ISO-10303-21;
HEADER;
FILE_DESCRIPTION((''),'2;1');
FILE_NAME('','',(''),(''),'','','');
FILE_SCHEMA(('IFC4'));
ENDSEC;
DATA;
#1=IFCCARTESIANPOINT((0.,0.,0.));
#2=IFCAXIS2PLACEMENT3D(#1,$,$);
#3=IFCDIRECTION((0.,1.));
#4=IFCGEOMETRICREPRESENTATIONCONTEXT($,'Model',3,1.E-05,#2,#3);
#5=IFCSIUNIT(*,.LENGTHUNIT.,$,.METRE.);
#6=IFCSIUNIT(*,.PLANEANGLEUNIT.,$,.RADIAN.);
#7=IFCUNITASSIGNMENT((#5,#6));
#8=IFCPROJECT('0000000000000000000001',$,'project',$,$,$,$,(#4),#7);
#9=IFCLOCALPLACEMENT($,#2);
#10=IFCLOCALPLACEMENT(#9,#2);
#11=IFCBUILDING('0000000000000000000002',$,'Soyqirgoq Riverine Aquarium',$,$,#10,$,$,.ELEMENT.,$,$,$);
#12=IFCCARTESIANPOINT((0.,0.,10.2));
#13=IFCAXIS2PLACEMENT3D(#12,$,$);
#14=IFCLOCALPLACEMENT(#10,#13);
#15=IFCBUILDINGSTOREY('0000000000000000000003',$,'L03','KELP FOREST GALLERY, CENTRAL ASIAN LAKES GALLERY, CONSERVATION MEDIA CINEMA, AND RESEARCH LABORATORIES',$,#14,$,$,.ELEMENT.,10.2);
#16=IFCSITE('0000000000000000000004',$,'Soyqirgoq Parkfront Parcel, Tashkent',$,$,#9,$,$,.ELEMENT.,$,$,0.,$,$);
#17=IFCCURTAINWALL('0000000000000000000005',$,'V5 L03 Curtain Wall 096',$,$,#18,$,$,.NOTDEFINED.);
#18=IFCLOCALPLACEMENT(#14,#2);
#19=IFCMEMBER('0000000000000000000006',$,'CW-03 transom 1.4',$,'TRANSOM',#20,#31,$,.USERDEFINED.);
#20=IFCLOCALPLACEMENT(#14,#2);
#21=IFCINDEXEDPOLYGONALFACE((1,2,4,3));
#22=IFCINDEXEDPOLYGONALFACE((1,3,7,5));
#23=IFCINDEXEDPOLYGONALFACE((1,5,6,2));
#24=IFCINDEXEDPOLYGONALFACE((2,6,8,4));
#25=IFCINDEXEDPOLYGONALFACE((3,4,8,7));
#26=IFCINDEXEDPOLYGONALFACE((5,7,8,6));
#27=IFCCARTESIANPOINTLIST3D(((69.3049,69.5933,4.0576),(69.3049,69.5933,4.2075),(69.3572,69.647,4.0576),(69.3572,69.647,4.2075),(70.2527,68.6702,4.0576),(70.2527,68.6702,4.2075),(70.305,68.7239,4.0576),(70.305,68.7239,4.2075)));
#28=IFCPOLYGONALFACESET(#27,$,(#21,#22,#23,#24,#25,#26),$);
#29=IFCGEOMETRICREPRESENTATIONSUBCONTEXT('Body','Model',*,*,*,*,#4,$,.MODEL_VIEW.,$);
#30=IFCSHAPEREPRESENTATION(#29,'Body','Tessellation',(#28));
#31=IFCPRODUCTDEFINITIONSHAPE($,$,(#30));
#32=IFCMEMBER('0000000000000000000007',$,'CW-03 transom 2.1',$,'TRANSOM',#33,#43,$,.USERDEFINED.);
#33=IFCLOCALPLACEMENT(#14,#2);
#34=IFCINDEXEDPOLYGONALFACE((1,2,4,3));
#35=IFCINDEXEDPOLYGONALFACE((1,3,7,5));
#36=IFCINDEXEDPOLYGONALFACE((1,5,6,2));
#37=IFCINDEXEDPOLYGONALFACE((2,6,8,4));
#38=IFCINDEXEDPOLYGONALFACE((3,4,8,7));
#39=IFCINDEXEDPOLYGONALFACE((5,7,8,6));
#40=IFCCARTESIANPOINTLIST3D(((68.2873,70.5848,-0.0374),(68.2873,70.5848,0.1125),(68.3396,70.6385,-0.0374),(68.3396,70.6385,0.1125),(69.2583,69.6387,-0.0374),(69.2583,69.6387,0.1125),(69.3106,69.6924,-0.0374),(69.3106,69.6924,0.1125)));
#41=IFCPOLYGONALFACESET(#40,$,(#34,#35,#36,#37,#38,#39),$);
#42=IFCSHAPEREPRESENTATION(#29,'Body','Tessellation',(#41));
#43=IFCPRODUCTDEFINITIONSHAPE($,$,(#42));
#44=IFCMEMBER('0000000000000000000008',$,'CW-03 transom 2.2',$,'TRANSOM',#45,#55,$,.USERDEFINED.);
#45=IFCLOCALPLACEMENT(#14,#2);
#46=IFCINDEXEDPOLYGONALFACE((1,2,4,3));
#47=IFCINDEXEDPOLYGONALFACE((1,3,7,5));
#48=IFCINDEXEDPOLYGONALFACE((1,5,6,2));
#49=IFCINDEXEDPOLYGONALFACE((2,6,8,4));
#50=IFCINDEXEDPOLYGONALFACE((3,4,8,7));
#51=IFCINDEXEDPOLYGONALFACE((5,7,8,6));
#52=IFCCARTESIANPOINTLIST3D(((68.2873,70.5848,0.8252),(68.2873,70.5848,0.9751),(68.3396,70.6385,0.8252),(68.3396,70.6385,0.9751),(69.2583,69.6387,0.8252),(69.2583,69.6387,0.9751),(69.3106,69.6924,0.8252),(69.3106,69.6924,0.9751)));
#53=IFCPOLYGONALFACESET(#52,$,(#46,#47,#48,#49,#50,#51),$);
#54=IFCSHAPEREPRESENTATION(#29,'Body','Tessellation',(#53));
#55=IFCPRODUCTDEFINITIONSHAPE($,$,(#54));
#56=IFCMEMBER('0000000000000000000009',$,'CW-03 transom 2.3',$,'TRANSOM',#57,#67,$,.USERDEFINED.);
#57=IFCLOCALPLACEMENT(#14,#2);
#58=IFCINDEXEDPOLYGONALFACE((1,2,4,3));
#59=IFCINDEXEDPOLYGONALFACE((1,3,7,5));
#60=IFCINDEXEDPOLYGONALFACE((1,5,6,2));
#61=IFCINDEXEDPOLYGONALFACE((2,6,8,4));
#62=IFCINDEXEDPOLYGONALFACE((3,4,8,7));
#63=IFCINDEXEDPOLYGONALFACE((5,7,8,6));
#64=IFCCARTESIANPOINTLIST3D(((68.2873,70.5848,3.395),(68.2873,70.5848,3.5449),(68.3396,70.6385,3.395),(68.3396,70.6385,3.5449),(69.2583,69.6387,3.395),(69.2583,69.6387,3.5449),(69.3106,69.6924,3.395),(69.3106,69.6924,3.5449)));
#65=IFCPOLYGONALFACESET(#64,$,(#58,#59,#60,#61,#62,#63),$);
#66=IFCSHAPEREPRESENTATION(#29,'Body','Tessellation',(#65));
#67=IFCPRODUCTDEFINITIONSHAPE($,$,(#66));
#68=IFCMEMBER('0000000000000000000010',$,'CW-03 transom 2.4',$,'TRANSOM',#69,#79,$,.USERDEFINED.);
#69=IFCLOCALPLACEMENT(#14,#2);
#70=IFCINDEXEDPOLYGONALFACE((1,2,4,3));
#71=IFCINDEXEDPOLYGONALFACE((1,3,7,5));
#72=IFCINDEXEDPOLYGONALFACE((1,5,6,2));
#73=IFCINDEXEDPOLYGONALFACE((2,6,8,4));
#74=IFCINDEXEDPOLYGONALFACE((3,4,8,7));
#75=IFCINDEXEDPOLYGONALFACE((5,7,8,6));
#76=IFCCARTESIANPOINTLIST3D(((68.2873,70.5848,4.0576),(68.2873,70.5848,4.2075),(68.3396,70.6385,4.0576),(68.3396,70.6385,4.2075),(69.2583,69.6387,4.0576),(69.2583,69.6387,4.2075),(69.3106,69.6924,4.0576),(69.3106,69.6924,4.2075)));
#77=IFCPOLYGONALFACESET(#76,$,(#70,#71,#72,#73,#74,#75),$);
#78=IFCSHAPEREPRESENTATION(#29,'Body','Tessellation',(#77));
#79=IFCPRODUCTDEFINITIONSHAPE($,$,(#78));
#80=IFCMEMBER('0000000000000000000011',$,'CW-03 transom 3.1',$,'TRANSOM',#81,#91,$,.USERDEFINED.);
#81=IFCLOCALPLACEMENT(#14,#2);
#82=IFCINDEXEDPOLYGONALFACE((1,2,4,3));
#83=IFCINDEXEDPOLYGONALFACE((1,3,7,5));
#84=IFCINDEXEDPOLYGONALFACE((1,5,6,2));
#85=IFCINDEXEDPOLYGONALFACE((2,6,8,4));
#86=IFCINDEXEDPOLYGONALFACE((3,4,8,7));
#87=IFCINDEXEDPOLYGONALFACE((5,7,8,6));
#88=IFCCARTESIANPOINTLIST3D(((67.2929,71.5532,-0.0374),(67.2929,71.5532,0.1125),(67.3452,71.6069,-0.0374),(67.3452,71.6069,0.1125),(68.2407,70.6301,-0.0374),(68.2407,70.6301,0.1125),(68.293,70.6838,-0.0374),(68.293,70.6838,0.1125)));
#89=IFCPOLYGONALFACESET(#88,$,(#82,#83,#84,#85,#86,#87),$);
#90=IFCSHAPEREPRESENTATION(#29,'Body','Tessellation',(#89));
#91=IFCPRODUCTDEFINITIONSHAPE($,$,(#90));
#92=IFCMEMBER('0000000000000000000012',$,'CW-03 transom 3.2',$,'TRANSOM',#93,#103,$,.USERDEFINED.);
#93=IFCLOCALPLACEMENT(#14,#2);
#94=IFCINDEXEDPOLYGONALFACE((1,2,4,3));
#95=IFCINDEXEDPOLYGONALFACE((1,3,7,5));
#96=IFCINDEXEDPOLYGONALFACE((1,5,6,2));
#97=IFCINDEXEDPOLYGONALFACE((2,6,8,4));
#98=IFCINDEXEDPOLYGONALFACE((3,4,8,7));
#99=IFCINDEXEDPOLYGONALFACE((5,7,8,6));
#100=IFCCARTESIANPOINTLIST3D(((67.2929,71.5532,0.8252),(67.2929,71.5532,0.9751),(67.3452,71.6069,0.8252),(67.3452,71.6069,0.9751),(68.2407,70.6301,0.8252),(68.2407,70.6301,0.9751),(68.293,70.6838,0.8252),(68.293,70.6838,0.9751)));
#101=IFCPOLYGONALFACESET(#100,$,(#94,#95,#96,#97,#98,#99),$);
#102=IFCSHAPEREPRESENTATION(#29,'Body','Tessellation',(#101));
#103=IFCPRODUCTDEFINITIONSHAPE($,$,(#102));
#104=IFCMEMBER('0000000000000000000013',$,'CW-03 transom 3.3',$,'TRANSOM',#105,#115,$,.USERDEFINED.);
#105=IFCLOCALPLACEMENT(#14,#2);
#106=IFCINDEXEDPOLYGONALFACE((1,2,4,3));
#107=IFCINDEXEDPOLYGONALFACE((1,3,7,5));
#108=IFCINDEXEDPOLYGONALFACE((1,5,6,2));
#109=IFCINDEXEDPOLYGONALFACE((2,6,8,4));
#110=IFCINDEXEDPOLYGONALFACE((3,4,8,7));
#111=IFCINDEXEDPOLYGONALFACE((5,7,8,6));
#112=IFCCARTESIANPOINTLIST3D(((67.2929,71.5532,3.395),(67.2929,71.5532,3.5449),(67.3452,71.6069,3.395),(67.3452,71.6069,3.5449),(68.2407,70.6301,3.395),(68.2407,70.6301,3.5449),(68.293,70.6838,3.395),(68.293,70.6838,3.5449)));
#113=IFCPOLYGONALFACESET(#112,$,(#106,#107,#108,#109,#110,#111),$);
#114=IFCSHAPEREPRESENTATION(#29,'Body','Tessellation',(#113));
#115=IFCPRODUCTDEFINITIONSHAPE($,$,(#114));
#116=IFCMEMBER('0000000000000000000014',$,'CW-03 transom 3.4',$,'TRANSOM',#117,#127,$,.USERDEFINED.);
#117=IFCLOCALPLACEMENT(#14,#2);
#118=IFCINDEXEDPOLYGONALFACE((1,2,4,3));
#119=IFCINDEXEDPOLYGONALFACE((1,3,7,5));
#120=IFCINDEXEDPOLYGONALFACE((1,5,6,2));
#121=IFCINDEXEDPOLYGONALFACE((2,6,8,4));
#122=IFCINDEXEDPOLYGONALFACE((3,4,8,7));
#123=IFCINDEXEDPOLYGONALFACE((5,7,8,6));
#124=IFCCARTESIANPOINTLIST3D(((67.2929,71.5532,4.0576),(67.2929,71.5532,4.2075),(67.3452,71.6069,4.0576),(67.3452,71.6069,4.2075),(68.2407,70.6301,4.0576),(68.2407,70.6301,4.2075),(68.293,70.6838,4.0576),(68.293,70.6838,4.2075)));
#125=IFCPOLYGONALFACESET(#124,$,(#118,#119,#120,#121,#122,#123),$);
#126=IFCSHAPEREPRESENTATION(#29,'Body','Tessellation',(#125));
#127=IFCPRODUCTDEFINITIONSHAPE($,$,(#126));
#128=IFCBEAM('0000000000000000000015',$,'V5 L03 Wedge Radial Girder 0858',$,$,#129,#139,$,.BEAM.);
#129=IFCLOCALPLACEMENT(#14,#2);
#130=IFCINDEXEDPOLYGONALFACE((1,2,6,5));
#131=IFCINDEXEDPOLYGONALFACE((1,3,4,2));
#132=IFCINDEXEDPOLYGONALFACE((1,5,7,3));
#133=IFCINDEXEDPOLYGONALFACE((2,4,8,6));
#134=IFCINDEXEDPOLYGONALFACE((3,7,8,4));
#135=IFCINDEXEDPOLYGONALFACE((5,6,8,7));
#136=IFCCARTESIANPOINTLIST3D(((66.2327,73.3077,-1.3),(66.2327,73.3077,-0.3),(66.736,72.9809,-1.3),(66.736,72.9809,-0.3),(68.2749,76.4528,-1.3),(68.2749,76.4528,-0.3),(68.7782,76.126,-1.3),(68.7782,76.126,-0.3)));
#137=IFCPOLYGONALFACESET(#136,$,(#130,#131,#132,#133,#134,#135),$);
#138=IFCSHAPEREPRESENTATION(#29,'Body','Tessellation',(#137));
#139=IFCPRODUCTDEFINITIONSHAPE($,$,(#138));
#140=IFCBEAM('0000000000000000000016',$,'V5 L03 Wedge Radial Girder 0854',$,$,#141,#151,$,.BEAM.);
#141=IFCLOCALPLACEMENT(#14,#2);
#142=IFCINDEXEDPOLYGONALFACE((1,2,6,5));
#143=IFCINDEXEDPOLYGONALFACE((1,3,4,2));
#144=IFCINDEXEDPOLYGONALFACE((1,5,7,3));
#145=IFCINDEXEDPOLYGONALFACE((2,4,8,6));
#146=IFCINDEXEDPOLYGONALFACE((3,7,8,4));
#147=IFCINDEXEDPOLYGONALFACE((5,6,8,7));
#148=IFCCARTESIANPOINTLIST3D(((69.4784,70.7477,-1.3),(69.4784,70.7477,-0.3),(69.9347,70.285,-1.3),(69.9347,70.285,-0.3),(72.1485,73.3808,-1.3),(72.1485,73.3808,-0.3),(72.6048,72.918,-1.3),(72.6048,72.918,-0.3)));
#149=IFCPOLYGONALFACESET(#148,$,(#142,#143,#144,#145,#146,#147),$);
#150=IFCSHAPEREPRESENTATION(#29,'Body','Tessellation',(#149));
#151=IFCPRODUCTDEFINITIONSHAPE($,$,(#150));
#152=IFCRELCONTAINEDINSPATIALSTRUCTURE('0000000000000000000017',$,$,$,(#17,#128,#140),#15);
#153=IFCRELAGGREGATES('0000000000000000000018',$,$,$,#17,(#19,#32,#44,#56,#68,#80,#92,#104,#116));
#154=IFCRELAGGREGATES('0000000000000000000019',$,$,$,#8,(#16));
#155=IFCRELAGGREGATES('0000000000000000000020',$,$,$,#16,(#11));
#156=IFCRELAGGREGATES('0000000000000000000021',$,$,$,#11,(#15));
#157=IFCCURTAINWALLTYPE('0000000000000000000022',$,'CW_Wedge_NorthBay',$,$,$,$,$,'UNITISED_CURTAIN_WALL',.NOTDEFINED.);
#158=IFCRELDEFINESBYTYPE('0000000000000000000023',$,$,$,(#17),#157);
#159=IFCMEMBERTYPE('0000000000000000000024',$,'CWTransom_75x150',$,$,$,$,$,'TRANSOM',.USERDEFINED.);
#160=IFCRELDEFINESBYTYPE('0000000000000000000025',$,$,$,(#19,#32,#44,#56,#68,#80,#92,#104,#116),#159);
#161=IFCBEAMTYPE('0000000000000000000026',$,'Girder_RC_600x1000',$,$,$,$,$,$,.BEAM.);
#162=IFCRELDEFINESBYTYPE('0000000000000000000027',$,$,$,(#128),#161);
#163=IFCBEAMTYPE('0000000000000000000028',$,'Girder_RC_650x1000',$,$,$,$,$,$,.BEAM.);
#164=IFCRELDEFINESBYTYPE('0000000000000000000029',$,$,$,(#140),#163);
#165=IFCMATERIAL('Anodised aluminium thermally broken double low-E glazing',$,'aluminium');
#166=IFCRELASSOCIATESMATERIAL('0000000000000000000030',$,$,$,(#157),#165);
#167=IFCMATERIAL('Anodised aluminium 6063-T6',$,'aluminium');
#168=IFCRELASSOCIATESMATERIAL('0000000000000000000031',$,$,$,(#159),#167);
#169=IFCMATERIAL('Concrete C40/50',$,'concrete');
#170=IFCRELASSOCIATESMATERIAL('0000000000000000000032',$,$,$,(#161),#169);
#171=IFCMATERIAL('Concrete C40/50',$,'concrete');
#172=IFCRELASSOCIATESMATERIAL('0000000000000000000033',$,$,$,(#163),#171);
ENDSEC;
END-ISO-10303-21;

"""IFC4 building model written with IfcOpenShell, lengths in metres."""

from ifc_helpers import new_model, si_unit, direction, frame, origin, origin_2d, place, context, subcontext, project, spatial, rectangle, extrude, material, material_profile, profile_set, type_object, element, aggregate, save


model = new_model("IFC4")

# Units and contexts
model_context = context("Model", 3, precision=1e-05, world=origin(), true_north=direction((0.0, 1.0)))
body_context = subcontext(model_context, "Body", "Model", "MODEL_VIEW")
ifc_project = project(units=[si_unit("LENGTHUNIT", "METRE"), si_unit("PLANEANGLEUNIT", "RADIAN")], contexts=[model_context])

# Site, building, storey
site_placement = place(None, origin())
site = spatial("IfcSite", under=ifc_project, at=site_placement, Name="Soyqirgoq Parkfront Parcel, Tashkent", CompositionType="ELEMENT", RefElevation=0.0)
building_placement = place(site_placement, origin())
building = spatial("IfcBuilding", under=site, at=building_placement, Name="Soyqirgoq Riverine Aquarium", CompositionType="ELEMENT")
storey_placement = place(building_placement, frame((0.0, 0.0, 10.2)))
storey = spatial("IfcBuildingStorey", under=building, at=storey_placement, Name="L03", Description="KELP FOREST GALLERY, CENTRAL ASIAN LAKES GALLERY, CONSERVATION MEDIA CINEMA, AND RESEARCH LABORATORIES", CompositionType="ELEMENT", Elevation=10.2)

# Curtain wall
ifc_material_1 = material(Name="Anodised aluminium thermally broken double low-E glazing", Category="aluminium")
curtain_wall_type = type_object("IfcCurtainWallType", Name="CW_Wedge_NorthBay", ElementType="UNITISED_CURTAIN_WALL", PredefinedType="NOTDEFINED", material=ifc_material_1)
curtain_wall_1_placement = place(storey_placement, origin())
curtain_wall_1 = element("IfcCurtainWall", 1, at=curtain_wall_1_placement, inside=storey, type_object=curtain_wall_type, Name="V5 L03 Curtain Wall 096", PredefinedType="NOTDEFINED")

# Members
ifc_material_2 = material(Name="Anodised aluminium 6063-T6", Category="aluminium")
ifc_material_profile_1 = material_profile(ifc_material_2, rectangle(XDim=0.075, YDim=0.1499, at=origin_2d()), Name="ALU-T 75x150")
ifc_profile_set_1 = profile_set([ifc_material_profile_1], Name="Anodised aluminium 6063-T6")
member_type_1 = type_object("IfcMemberType", Name="CWTransom_75x150", ElementType="TRANSOM", PredefinedType="USERDEFINED", material=ifc_profile_set_1)
member_1_placement = place(storey_placement, frame((70.2788, 68.697, 4.1326), z_axis=(-0.716364, 0.697726, 0.0), x_axis=(-0.697726, -0.716364, 0.0)))
member_1 = element("IfcMember", 2, at=member_1_placement, type_object=member_type_1, Name="CW-03 transom 1.4", ObjectType="TRANSOM", PredefinedType="USERDEFINED", context=body_context, shape_type="SweptSolid", body=[
    extrude(rectangle(XDim=0.075, YDim=0.1499, at=origin_2d()), origin(), (0.0, 0.0, 1.0), 1.323),
])
member_2_placement = place(storey_placement, frame((69.2844, 69.6655, 0.0376), z_axis=(-0.716232, 0.697862, 0.0), x_axis=(-0.697862, -0.716232, 0.0)))
member_2 = element("IfcMember", 3, at=member_2_placement, type_object=member_type_1, Name="CW-03 transom 2.1", ObjectType="TRANSOM", PredefinedType="USERDEFINED", context=body_context, shape_type="SweptSolid", body=[
    extrude(rectangle(XDim=0.075, YDim=0.1499, at=origin_2d()), origin(), (0.0, 0.0, 1.0), 1.3557),
])
member_3_placement = place(storey_placement, frame((69.2844, 69.6655, 0.9001), z_axis=(-0.716232, 0.697862, 0.0), x_axis=(-0.697862, -0.716232, 0.0)))
member_3 = element("IfcMember", 4, at=member_3_placement, type_object=member_type_1, Name="CW-03 transom 2.2", ObjectType="TRANSOM", PredefinedType="USERDEFINED", context=body_context, shape_type="SweptSolid", body=[
    extrude(rectangle(XDim=0.075, YDim=0.1499, at=origin_2d()), origin(), (0.0, 0.0, 1.0), 1.3557),
])
member_4_placement = place(storey_placement, frame((69.2844, 69.6655, 3.47), z_axis=(-0.716232, 0.697862, 0.0), x_axis=(-0.697862, -0.716232, 0.0)))
member_4 = element("IfcMember", 5, at=member_4_placement, type_object=member_type_1, Name="CW-03 transom 2.3", ObjectType="TRANSOM", PredefinedType="USERDEFINED", context=body_context, shape_type="SweptSolid", body=[
    extrude(rectangle(XDim=0.075, YDim=0.1499, at=origin_2d()), origin(), (0.0, 0.0, 1.0), 1.3557),
])
member_5_placement = place(storey_placement, frame((69.2844, 69.6655, 4.1326), z_axis=(-0.716232, 0.697862, 0.0), x_axis=(-0.697862, -0.716232, 0.0)))
member_5 = element("IfcMember", 6, at=member_5_placement, type_object=member_type_1, Name="CW-03 transom 2.4", ObjectType="TRANSOM", PredefinedType="USERDEFINED", context=body_context, shape_type="SweptSolid", body=[
    extrude(rectangle(XDim=0.075, YDim=0.1499, at=origin_2d()), origin(), (0.0, 0.0, 1.0), 1.3557),
])
member_6_placement = place(storey_placement, frame((68.2668, 70.657, 0.0376), z_axis=(-0.716364, 0.697726, 0.0), x_axis=(-0.697726, -0.716364, 0.0)))
member_6 = element("IfcMember", 7, at=member_6_placement, type_object=member_type_1, Name="CW-03 transom 3.1", ObjectType="TRANSOM", PredefinedType="USERDEFINED", context=body_context, shape_type="SweptSolid", body=[
    extrude(rectangle(XDim=0.075, YDim=0.1499, at=origin_2d()), origin(), (0.0, 0.0, 1.0), 1.323),
])
member_7_placement = place(storey_placement, frame((68.2668, 70.657, 0.9001), z_axis=(-0.716364, 0.697726, 0.0), x_axis=(-0.697726, -0.716364, 0.0)))
member_7 = element("IfcMember", 8, at=member_7_placement, type_object=member_type_1, Name="CW-03 transom 3.2", ObjectType="TRANSOM", PredefinedType="USERDEFINED", context=body_context, shape_type="SweptSolid", body=[
    extrude(rectangle(XDim=0.075, YDim=0.1499, at=origin_2d()), origin(), (0.0, 0.0, 1.0), 1.323),
])
member_8_placement = place(storey_placement, frame((68.2668, 70.657, 3.47), z_axis=(-0.716364, 0.697726, 0.0), x_axis=(-0.697726, -0.716364, 0.0)))
member_8 = element("IfcMember", 9, at=member_8_placement, type_object=member_type_1, Name="CW-03 transom 3.3", ObjectType="TRANSOM", PredefinedType="USERDEFINED", context=body_context, shape_type="SweptSolid", body=[
    extrude(rectangle(XDim=0.075, YDim=0.1499, at=origin_2d()), origin(), (0.0, 0.0, 1.0), 1.323),
])
member_9_placement = place(storey_placement, frame((68.2668, 70.657, 4.1326), z_axis=(-0.716364, 0.697726, 0.0), x_axis=(-0.697726, -0.716364, 0.0)))
member_9 = element("IfcMember", 10, at=member_9_placement, type_object=member_type_1, Name="CW-03 transom 3.4", ObjectType="TRANSOM", PredefinedType="USERDEFINED", context=body_context, shape_type="SweptSolid", body=[
    extrude(rectangle(XDim=0.075, YDim=0.1499, at=origin_2d()), origin(), (0.0, 0.0, 1.0), 1.323),
])

# Beams
ifc_material_3 = material(Name="Concrete C40/50", Category="concrete")
ifc_material_profile_2 = material_profile(ifc_material_3, rectangle(XDim=0.6001, YDim=1.0, at=origin_2d()), Name="RC 600x1000")
ifc_profile_set_2 = profile_set([ifc_material_profile_2], Name="Concrete C40/50")
beam_type_1 = type_object("IfcBeamType", Name="Girder_RC_600x1000", PredefinedType="BEAM", material=ifc_profile_set_2)
beam_1_placement = place(storey_placement, frame((66.4844, 73.1443, -0.8), z_axis=(0.544579, 0.83871, 0.0), x_axis=(-0.83871, 0.544579, 0.0)))
element("IfcBeam", 11, at=beam_1_placement, inside=storey, type_object=beam_type_1, Name="V5 L03 Wedge Radial Girder 0858", PredefinedType="BEAM", context=body_context, shape_type="SweptSolid", body=[
    extrude(rectangle(XDim=0.6001, YDim=1.0, at=origin_2d()), origin(), (0.0, 0.0, 1.0), 3.75),
])
ifc_material_4 = material(Name="Concrete C40/50", Category="concrete")
ifc_material_profile_3 = material_profile(ifc_material_4, rectangle(XDim=0.6499, YDim=1.0, at=origin_2d()), Name="RC 650x1000")
ifc_profile_set_3 = profile_set([ifc_material_profile_3], Name="Concrete C40/50")
beam_type_2 = type_object("IfcBeamType", Name="Girder_RC_650x1000", PredefinedType="BEAM", material=ifc_profile_set_3)
beam_2_placement = place(storey_placement, frame((69.7065, 70.5164, -0.8), z_axis=(0.712037, 0.702142, 0.0), x_axis=(-0.702142, 0.712037, 0.0)))
element("IfcBeam", 12, at=beam_2_placement, inside=storey, type_object=beam_type_2, Name="V5 L03 Wedge Radial Girder 0854", PredefinedType="BEAM", context=body_context, shape_type="SweptSolid", body=[
    extrude(rectangle(XDim=0.6499, YDim=1.0, at=origin_2d()), origin(), (0.0, 0.0, 1.0), 3.75),
])

aggregate(curtain_wall_1, [member_1, member_2, member_3, member_4, member_5, member_6, member_7, member_8, member_9])

save(model, "model.ifc")
